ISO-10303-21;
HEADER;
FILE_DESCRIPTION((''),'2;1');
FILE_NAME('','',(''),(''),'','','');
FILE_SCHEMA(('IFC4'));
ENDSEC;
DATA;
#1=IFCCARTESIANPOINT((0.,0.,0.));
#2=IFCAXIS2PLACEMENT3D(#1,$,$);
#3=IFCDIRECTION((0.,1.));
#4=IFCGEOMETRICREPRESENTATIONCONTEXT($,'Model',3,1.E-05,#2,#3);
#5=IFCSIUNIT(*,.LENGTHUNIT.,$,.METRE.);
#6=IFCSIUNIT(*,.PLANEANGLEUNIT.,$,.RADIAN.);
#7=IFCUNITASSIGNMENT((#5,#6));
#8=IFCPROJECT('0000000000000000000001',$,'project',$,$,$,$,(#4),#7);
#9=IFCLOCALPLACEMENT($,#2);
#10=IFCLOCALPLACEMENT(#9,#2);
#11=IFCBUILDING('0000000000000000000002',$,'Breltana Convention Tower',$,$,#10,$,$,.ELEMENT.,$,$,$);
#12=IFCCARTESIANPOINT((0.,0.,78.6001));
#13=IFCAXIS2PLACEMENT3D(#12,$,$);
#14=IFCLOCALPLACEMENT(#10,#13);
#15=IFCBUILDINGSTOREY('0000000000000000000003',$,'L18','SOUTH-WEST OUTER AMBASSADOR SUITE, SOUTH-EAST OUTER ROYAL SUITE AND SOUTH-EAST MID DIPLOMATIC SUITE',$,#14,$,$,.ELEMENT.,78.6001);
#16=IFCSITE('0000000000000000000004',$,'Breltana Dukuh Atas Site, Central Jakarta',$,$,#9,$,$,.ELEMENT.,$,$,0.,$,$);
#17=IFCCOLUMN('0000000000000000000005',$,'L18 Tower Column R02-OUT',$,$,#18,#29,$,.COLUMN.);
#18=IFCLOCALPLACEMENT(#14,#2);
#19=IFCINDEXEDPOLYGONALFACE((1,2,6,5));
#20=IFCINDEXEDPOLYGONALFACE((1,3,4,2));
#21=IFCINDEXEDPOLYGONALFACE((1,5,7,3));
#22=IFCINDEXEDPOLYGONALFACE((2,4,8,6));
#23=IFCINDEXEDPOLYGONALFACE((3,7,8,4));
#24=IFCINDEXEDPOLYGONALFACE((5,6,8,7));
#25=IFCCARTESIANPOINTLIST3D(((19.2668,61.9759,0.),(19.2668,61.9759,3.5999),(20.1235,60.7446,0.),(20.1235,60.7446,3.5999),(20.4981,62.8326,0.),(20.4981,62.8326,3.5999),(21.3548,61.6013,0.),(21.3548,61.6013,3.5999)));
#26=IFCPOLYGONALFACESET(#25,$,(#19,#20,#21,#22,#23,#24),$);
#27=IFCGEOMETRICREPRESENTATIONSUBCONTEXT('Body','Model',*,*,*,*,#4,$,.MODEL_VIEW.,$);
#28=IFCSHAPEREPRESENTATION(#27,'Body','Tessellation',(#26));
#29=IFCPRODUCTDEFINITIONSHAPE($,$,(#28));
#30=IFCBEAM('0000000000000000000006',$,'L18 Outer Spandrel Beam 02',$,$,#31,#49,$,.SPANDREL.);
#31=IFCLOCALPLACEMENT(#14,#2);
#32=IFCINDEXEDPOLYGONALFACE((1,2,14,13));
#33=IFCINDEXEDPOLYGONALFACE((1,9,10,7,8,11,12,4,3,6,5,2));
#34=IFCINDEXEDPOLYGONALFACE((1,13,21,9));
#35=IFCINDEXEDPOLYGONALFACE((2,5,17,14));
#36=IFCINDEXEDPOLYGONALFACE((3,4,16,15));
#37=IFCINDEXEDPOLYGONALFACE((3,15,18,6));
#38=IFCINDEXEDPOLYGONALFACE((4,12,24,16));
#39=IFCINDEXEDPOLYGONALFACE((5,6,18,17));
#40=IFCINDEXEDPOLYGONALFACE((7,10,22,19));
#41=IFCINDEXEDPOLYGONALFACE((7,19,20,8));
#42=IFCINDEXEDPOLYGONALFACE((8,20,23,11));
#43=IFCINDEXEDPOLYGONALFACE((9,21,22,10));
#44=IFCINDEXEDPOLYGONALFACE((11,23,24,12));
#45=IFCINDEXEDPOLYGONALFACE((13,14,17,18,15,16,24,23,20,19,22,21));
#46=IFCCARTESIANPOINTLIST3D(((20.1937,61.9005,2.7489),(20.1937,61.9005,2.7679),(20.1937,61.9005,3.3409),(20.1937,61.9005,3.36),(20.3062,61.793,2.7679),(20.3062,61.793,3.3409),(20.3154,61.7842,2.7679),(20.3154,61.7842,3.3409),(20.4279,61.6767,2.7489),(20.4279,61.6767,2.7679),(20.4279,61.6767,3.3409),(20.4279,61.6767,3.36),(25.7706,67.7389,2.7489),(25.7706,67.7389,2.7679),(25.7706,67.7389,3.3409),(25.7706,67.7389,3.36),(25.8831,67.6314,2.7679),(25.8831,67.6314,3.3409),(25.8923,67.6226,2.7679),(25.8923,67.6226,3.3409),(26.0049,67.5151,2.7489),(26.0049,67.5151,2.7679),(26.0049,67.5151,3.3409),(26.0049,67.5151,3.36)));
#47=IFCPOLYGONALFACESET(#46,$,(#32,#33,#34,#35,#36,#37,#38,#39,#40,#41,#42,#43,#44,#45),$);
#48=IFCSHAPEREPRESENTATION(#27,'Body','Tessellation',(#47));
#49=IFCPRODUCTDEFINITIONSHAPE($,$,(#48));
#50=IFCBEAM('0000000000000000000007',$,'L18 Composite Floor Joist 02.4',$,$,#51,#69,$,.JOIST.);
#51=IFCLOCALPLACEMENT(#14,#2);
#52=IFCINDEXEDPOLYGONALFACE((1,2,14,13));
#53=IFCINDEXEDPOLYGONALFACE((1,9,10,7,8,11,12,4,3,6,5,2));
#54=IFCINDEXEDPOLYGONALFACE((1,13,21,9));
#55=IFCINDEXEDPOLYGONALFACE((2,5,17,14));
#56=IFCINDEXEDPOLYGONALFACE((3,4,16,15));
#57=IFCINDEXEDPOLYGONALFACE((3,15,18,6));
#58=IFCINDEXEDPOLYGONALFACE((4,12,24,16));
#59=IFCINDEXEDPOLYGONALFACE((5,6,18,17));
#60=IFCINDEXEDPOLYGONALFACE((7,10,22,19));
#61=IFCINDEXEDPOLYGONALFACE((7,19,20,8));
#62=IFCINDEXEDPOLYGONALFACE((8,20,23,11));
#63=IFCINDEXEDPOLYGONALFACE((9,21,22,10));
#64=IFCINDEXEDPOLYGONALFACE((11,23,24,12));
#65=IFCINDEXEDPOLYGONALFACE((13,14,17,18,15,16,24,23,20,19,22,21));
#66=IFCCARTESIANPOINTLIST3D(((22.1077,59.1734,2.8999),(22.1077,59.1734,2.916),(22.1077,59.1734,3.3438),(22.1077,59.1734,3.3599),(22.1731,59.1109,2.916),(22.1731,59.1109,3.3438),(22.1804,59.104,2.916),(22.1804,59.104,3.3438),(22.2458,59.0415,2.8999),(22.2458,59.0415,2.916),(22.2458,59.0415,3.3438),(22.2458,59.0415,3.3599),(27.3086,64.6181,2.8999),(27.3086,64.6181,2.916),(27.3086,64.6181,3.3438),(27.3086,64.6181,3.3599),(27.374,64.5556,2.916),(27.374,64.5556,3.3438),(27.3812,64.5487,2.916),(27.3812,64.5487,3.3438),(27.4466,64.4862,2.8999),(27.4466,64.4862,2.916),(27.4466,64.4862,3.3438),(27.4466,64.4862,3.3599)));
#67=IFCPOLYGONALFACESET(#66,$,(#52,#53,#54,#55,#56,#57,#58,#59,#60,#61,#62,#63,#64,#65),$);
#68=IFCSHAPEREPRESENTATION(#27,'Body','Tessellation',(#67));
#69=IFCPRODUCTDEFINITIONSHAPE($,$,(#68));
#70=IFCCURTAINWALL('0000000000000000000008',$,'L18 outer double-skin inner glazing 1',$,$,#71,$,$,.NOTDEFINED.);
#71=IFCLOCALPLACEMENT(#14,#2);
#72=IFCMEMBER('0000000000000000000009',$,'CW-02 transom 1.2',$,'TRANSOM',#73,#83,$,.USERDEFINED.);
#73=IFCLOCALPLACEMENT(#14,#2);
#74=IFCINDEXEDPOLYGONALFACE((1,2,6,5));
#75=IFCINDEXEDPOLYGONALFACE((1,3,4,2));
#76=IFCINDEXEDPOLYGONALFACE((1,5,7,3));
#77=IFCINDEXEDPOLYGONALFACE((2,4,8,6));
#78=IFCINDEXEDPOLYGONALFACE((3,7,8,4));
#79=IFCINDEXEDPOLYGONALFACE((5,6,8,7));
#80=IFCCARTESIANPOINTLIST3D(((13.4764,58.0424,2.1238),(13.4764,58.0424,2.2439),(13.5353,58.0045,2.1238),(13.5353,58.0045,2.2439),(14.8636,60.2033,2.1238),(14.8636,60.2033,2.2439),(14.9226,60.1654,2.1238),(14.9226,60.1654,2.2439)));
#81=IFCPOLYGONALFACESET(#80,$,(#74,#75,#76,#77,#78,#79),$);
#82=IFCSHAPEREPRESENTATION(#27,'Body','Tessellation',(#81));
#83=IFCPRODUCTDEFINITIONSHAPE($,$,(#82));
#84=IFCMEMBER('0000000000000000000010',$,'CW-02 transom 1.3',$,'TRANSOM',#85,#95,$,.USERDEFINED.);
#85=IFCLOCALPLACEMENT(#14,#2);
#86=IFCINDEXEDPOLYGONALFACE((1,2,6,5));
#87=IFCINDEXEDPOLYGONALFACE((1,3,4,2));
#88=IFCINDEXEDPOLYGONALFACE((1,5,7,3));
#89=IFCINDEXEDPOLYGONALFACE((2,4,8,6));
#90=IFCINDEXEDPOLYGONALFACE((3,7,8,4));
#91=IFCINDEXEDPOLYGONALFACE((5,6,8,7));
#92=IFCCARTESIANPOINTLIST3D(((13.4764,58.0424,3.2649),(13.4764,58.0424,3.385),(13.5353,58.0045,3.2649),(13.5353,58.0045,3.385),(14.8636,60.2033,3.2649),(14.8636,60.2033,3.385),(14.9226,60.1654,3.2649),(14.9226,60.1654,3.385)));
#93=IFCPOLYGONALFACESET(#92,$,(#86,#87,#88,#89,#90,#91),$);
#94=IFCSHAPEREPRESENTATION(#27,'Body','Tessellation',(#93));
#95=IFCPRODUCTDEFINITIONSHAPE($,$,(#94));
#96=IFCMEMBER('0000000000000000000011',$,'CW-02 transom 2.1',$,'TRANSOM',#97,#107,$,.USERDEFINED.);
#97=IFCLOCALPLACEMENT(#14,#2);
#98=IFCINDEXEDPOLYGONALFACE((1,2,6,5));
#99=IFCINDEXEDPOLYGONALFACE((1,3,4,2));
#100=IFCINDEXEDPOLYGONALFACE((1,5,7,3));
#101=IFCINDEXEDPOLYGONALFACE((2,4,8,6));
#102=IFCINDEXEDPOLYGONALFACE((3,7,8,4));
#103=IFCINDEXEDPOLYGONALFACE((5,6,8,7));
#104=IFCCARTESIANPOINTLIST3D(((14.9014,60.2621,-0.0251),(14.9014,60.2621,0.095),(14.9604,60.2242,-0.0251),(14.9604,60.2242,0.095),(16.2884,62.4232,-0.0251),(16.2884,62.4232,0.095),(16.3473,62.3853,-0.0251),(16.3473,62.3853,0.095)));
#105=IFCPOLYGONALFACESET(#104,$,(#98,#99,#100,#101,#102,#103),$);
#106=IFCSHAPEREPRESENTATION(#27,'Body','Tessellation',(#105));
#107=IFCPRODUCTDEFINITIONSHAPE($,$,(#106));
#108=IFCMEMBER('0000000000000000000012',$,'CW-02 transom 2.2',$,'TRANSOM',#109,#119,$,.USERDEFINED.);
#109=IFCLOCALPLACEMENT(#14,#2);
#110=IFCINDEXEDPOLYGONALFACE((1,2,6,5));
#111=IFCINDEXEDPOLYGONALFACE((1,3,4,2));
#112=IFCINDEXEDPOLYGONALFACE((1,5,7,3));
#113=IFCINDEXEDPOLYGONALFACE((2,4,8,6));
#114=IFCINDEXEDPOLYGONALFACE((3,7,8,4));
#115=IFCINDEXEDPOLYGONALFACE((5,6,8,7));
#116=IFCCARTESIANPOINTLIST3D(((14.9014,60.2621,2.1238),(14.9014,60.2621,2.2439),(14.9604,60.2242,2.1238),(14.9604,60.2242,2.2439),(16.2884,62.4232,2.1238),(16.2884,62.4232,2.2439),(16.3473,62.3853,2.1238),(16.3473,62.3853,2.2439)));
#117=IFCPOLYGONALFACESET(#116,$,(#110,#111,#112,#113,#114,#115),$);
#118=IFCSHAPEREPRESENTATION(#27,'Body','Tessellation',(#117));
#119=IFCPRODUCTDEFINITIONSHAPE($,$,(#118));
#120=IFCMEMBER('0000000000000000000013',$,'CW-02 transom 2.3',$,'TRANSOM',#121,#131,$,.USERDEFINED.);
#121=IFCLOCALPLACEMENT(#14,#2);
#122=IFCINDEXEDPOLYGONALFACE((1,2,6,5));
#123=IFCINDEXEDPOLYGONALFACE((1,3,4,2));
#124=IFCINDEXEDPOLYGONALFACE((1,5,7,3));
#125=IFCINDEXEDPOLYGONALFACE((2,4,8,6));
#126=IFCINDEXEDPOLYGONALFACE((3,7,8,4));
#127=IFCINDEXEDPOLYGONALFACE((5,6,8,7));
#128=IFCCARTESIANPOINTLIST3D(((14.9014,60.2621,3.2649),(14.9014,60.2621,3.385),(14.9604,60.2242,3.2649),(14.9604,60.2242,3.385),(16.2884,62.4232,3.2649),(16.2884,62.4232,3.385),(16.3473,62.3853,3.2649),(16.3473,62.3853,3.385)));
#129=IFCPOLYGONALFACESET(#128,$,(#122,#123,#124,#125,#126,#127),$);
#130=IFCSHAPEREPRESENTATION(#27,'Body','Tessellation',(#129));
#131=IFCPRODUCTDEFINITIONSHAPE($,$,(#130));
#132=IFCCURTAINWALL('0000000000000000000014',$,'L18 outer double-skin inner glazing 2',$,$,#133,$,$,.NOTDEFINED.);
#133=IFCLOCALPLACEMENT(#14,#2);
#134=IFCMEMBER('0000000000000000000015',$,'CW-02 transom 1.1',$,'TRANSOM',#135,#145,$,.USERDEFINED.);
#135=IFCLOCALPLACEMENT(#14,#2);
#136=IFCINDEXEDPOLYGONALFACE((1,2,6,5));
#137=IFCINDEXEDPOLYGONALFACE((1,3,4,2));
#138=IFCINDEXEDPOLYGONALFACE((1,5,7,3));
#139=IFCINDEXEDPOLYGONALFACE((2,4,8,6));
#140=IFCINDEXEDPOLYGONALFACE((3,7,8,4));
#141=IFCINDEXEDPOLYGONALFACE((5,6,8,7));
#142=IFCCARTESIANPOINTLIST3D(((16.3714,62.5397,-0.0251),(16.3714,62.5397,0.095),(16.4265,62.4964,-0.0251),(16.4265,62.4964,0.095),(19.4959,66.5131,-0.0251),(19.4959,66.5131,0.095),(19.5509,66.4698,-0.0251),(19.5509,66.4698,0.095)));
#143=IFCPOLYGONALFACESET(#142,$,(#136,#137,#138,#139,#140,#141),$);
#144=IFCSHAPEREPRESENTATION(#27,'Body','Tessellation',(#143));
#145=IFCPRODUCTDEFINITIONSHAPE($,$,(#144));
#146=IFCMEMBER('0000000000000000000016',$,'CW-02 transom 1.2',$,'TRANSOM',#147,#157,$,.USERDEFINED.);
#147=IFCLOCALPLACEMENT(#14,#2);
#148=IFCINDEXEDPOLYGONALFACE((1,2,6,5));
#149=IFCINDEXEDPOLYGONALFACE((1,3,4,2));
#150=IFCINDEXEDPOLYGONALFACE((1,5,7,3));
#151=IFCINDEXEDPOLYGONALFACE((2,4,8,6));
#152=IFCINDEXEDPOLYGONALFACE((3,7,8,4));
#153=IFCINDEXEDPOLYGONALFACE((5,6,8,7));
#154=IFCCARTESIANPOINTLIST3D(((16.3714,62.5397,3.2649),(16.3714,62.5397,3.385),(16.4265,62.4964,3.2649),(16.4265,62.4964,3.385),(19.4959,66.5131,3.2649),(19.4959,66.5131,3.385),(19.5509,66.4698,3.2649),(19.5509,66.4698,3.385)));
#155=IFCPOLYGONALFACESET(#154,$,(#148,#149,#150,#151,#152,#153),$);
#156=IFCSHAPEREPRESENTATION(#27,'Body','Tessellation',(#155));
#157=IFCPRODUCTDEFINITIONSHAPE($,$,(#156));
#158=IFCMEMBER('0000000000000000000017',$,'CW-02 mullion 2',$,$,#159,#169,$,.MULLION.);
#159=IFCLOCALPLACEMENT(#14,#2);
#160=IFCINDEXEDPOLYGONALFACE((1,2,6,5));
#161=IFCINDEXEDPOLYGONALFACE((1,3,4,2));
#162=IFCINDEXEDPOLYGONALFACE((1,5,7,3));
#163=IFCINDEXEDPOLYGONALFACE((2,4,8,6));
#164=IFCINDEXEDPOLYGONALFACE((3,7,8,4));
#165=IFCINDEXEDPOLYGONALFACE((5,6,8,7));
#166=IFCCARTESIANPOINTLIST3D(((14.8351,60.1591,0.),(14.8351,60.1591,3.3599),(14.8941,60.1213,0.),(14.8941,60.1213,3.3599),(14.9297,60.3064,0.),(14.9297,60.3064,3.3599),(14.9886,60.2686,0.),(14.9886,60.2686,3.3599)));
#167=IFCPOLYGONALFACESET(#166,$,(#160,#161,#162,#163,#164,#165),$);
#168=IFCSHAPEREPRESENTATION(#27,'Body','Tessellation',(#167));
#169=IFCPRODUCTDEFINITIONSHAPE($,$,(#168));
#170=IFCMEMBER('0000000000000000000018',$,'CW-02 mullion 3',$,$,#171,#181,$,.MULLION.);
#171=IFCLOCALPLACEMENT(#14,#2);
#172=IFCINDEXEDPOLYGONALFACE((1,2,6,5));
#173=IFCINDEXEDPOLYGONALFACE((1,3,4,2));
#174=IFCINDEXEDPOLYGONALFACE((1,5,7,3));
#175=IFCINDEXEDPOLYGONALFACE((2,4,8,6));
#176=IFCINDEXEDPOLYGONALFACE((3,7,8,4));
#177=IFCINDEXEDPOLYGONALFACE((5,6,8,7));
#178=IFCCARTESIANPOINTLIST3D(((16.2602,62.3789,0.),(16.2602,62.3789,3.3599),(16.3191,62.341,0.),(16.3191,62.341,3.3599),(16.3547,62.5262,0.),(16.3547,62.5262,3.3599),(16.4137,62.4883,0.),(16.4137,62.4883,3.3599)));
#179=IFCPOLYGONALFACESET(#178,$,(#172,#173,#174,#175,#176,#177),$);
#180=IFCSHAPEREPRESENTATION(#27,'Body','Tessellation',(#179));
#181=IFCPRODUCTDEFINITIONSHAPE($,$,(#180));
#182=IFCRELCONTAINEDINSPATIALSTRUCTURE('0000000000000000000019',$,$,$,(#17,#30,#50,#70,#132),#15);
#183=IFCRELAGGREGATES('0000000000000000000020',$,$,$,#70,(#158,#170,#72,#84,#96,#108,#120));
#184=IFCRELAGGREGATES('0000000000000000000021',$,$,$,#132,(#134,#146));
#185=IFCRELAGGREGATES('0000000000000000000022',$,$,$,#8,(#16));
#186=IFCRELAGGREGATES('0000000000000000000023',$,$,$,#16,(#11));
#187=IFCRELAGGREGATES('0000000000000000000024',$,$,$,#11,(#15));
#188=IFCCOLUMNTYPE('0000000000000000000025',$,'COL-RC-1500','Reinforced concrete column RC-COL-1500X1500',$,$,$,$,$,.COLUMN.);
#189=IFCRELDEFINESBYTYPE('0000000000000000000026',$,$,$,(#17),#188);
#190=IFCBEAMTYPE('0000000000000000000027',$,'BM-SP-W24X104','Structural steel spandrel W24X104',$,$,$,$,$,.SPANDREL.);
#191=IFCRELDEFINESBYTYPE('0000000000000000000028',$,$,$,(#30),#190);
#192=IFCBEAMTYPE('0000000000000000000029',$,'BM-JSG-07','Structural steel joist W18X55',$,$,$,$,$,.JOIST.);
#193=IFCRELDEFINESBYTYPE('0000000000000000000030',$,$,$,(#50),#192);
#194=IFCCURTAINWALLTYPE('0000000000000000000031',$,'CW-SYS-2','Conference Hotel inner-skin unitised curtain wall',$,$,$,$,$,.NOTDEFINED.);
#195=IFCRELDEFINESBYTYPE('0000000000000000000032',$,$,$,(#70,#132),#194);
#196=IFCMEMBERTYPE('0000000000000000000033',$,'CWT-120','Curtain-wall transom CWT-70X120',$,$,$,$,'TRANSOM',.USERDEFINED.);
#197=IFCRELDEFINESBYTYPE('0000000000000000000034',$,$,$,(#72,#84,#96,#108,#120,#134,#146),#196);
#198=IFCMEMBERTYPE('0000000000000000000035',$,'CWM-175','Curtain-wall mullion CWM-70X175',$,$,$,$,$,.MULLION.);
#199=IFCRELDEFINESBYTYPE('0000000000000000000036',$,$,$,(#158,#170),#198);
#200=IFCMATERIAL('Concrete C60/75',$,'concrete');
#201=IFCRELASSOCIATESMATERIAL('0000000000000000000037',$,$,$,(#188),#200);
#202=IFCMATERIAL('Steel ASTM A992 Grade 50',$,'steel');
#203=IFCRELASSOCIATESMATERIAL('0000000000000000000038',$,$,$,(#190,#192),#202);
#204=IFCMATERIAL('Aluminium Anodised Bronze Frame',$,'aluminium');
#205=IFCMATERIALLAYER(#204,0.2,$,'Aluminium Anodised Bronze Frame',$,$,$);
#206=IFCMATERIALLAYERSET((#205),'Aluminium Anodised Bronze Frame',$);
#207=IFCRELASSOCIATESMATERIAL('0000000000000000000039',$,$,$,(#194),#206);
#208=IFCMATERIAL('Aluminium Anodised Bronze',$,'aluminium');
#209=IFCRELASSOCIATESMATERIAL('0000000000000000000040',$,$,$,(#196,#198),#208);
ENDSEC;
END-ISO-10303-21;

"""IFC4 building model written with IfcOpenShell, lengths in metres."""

from ifc_helpers import new_model, si_unit, direction, frame, origin, origin_2d, place, context, subcontext, project, spatial, rectangle, i_section, extrude, source, transform, mapped, material, layer, layer_set, material_profile, profile_set, type_object, type_shapes, element, aggregate, save


model = new_model("IFC4")

# Units and contexts
model_context = context("Model", 3, precision=1e-05, world=origin(), true_north=direction((0.0, 1.0)))
body_context = subcontext(model_context, "Body", "Model", "MODEL_VIEW")
ifc_project = project(units=[si_unit("LENGTHUNIT", "METRE"), si_unit("PLANEANGLEUNIT", "RADIAN")], contexts=[model_context])

# Site, building, storey
site_placement = place(None, origin())
site = spatial("IfcSite", under=ifc_project, at=site_placement, Name="Breltana Dukuh Atas Site, Central Jakarta", CompositionType="ELEMENT", RefElevation=0.0)
building_placement = place(site_placement, origin())
building = spatial("IfcBuilding", under=site, at=building_placement, Name="Breltana Convention Tower", CompositionType="ELEMENT")
storey_placement = place(building_placement, frame((0.0, 0.0, 78.6001)))
storey = spatial("IfcBuildingStorey", under=building, at=storey_placement, Name="L18", Description="SOUTH-WEST OUTER AMBASSADOR SUITE, SOUTH-EAST OUTER ROYAL SUITE AND SOUTH-EAST MID DIPLOMATIC SUITE", CompositionType="ELEMENT", Elevation=78.6001)

# Column
ifc_material_1 = material(Name="Concrete C60/75", Category="concrete")
ifc_material_profile_1 = material_profile(ifc_material_1, rectangle(XDim=1.5, YDim=1.5, at=origin_2d()), Name="RC-COL-1500X1500")
ifc_profile_set_1 = profile_set([ifc_material_profile_1], Name="Concrete C60/75")
column_type = type_object("IfcColumnType", Name="COL-RC-1500", Description="Reinforced concrete column RC-COL-1500X1500", PredefinedType="COLUMN", material=ifc_profile_set_1)
shared_shape_1 = source(origin(), body_context, "Body", "SweptSolid", [
    extrude(rectangle(XDim=1.5, YDim=1.5, at=origin_2d()), origin(), (0.0, 0.0, 1.0), 3.5999),
])
column_placement = place(storey_placement, frame((20.3108, 61.7886, 0.0), z_axis=(0.0, 0.0, 1.0), x_axis=(-0.571143, 0.82085, 0.0)))
element("IfcColumn", 1, at=column_placement, inside=storey, type_object=column_type, Name="L18 Tower Column R02-OUT", PredefinedType="COLUMN", context=body_context, shape_type="MappedRepresentation", body=[
    mapped(shared_shape_1, transform((0.0, 0.0, 0.0), scale=1.0)),
])

# Beams
ifc_material_2 = material(Name="Steel ASTM A992 Grade 50", Category="steel")
ifc_material_profile_2 = material_profile(ifc_material_2, i_section(OverallWidth=0.324, OverallDepth=0.6111, WebThickness=0.0127, FlangeThickness=0.019, at=origin_2d()), Name="W24X104")
ifc_profile_set_2 = profile_set([ifc_material_profile_2], Name="Steel ASTM A992 Grade 50")
beam_type_1 = type_object("IfcBeamType", Name="BM-SP-W24X104", Description="Structural steel spandrel W24X104", PredefinedType="SPANDREL", material=ifc_profile_set_2)
shared_shape_2 = source(origin(), body_context, "Body", "SweptSolid", [
    extrude(i_section(OverallWidth=0.324, OverallDepth=0.6111, WebThickness=0.0127, FlangeThickness=0.019, at=origin_2d()), origin(), (0.0, 0.0, 1.0), 8.074),
])
beam_1_placement = place(storey_placement, frame((20.3108, 61.7886, 3.0544), z_axis=(0.690729, 0.723114, 0.0), x_axis=(-0.723114, 0.690729, 0.0)))
element("IfcBeam", 2, at=beam_1_placement, inside=storey, type_object=beam_type_1, Name="L18 Outer Spandrel Beam 02", PredefinedType="SPANDREL", context=body_context, shape_type="MappedRepresentation", body=[
    mapped(shared_shape_2, transform((0.0, 0.0, 0.0), scale=1.0)),
])
ifc_material_profile_3 = material_profile(ifc_material_2, i_section(OverallWidth=0.1909, OverallDepth=0.46, WebThickness=0.01, FlangeThickness=0.0161, at=origin_2d()), Name="W18X55")
ifc_profile_set_3 = profile_set([ifc_material_profile_3], Name="Steel ASTM A992 Grade 50")
beam_type_2 = type_object("IfcBeamType", Name="BM-JSG-07", Description="Structural steel joist W18X55", PredefinedType="JOIST", material=ifc_profile_set_3)
shared_shape_3 = source(origin(), body_context, "Body", "SweptSolid", [
    extrude(i_section(OverallWidth=0.1909, OverallDepth=0.46, WebThickness=0.01, FlangeThickness=0.0161, at=origin_2d()), origin(), (0.0, 0.0, 1.0), 7.5295),
])
beam_2_placement = place(storey_placement, frame((22.1768, 59.1074, 3.1299), z_axis=(0.690726, 0.723117, 0.0), x_axis=(-0.723117, 0.690726, 0.0)))
element("IfcBeam", 3, at=beam_2_placement, inside=storey, type_object=beam_type_2, Name="L18 Composite Floor Joist 02.4", PredefinedType="JOIST", context=body_context, shape_type="MappedRepresentation", body=[
    mapped(shared_shape_3, transform((0.0, 0.0, 0.0), scale=1.0)),
])

# Curtain walls, members
ifc_material_3 = material(Name="Aluminium Anodised Bronze Frame", Category="aluminium")
ifc_layer_1 = layer(ifc_material_3, 0.2, Name="Aluminium Anodised Bronze Frame")
ifc_layer_set_1 = layer_set([ifc_layer_1], Name="Aluminium Anodised Bronze Frame")
curtain_wall_type = type_object("IfcCurtainWallType", Name="CW-SYS-2", Description="Conference Hotel inner-skin unitised curtain wall", PredefinedType="NOTDEFINED", material=ifc_layer_set_1)
curtain_wall_1_placement = place(storey_placement, origin())
curtain_wall_1 = element("IfcCurtainWall", 4, at=curtain_wall_1_placement, inside=storey, type_object=curtain_wall_type, Name="L18 outer double-skin inner glazing 1", PredefinedType="NOTDEFINED")
ifc_material_4 = material(Name="Aluminium Anodised Bronze", Category="aluminium")
ifc_material_profile_4 = material_profile(ifc_material_4, rectangle(XDim=0.0701, YDim=0.1201, at=origin_2d()), Name="CWT-70X120")
ifc_profile_set_4 = profile_set([ifc_material_profile_4], Name="Aluminium Anodised Bronze")
member_type_1 = type_object("IfcMemberType", Name="CWT-120", Description="Curtain-wall transom CWT-70X120", ElementType="TRANSOM", PredefinedType="USERDEFINED", material=ifc_profile_set_4)
shared_shape_4 = source(origin(), body_context, "Body", "SweptSolid", [
    extrude(rectangle(XDim=0.0701, YDim=0.1201, at=origin_2d()), origin(), (0.0, 0.0, 1.0), 2.5679),
])
type_shapes(member_type_1, [shared_shape_4])
member_1_placement = place(storey_placement, frame((13.5059, 58.0234, 2.1838), z_axis=(0.540224, 0.841521, 0.0), x_axis=(-0.841521, 0.540224, 0.0)))
member_1 = element("IfcMember", 5, at=member_1_placement, type_object=member_type_1, Name="CW-02 transom 1.2", ObjectType="TRANSOM", PredefinedType="USERDEFINED", context=body_context, shape_type="MappedRepresentation", body=[
    mapped(shared_shape_4, transform((0.0, 0.0, 0.0), scale=1.0)),
])
member_2_placement = place(storey_placement, frame((13.5059, 58.0234, 3.325), z_axis=(0.540224, 0.841521, 0.0), x_axis=(-0.841521, 0.540224, 0.0)))
member_2 = element("IfcMember", 6, at=member_2_placement, type_object=member_type_1, Name="CW-02 transom 1.3", ObjectType="TRANSOM", PredefinedType="USERDEFINED", context=body_context, shape_type="MappedRepresentation", body=[
    mapped(shared_shape_4, transform((0.0, 0.0, 0.0), scale=1.0)),
])
member_3_placement = place(storey_placement, frame((14.9309, 60.2432, 0.0349), z_axis=(0.540114, 0.841592, 0.0), x_axis=(-0.841592, 0.540114, 0.0)))
member_3 = element("IfcMember", 7, at=member_3_placement, type_object=member_type_1, Name="CW-02 transom 2.1", ObjectType="TRANSOM", PredefinedType="USERDEFINED", context=body_context, shape_type="MappedRepresentation", body=[
    mapped(shared_shape_4, transform((0.0, 0.0, 0.0), scale=1.0)),
])
member_4_placement = place(storey_placement, frame((14.9309, 60.2432, 2.1838), z_axis=(0.540114, 0.841592, 0.0), x_axis=(-0.841592, 0.540114, 0.0)))
member_4 = element("IfcMember", 8, at=member_4_placement, type_object=member_type_1, Name="CW-02 transom 2.2", ObjectType="TRANSOM", PredefinedType="USERDEFINED", context=body_context, shape_type="MappedRepresentation", body=[
    mapped(shared_shape_4, transform((0.0, 0.0, 0.0), scale=1.0)),
])
member_5_placement = place(storey_placement, frame((14.9309, 60.2432, 3.325), z_axis=(0.540114, 0.841592, 0.0), x_axis=(-0.841592, 0.540114, 0.0)))
member_5 = element("IfcMember", 9, at=member_5_placement, type_object=member_type_1, Name="CW-02 transom 2.3", ObjectType="TRANSOM", PredefinedType="USERDEFINED", context=body_context, shape_type="MappedRepresentation", body=[
    mapped(shared_shape_4, transform((0.0, 0.0, 0.0), scale=1.0)),
])
curtain_wall_2_placement = place(storey_placement, origin())
curtain_wall_2 = element("IfcCurtainWall", 10, at=curtain_wall_2_placement, inside=storey, type_object=curtain_wall_type, Name="L18 outer double-skin inner glazing 2", PredefinedType="NOTDEFINED")
shared_shape_5 = source(origin(), body_context, "Body", "SweptSolid", [
    extrude(rectangle(XDim=0.0701, YDim=0.1201, at=origin_2d()), origin(), (0.0, 0.0, 1.0), 5.0547),
])
member_6_placement = place(storey_placement, frame((16.3989, 62.5181, 0.0349), z_axis=(0.618135, 0.786072, 0.0), x_axis=(-0.786072, 0.618135, 0.0)))
member_6 = element("IfcMember", 11, at=member_6_placement, type_object=member_type_1, Name="CW-02 transom 1.1", ObjectType="TRANSOM", PredefinedType="USERDEFINED", context=body_context, shape_type="MappedRepresentation", body=[
    mapped(shared_shape_5, transform((0.0, 0.0, 0.0), scale=1.0)),
])
member_7_placement = place(storey_placement, frame((16.3989, 62.5181, 3.325), z_axis=(0.618135, 0.786072, 0.0), x_axis=(-0.786072, 0.618135, 0.0)))
member_7 = element("IfcMember", 12, at=member_7_placement, type_object=member_type_1, Name="CW-02 transom 1.2", ObjectType="TRANSOM", PredefinedType="USERDEFINED", context=body_context, shape_type="MappedRepresentation", body=[
    mapped(shared_shape_5, transform((0.0, 0.0, 0.0), scale=1.0)),
])

# Members
ifc_material_profile_5 = material_profile(ifc_material_4, rectangle(XDim=0.0701, YDim=0.175, at=origin_2d()), Name="CWM-70X175")
ifc_profile_set_5 = profile_set([ifc_material_profile_5], Name="Aluminium Anodised Bronze")
member_type_2 = type_object("IfcMemberType", Name="CWM-175", Description="Curtain-wall mullion CWM-70X175", PredefinedType="MULLION", material=ifc_profile_set_5)
shared_shape_6 = source(origin(), body_context, "Body", "SweptSolid", [
    extrude(rectangle(XDim=0.0701, YDim=0.175, at=origin_2d()), origin(), (0.0, 0.0, 1.0), 3.3599),
])
member_8_placement = place(storey_placement, frame((14.9119, 60.2139, 0.0), z_axis=(0.0, 0.0, 1.0), x_axis=(-0.841549, 0.540181, 0.0)))
member_8 = element("IfcMember", 13, at=member_8_placement, type_object=member_type_2, Name="CW-02 mullion 2", PredefinedType="MULLION", context=body_context, shape_type="MappedRepresentation", body=[
    mapped(shared_shape_6, transform((0.0, 0.0, 0.0), scale=1.0)),
])
member_9_placement = place(storey_placement, frame((16.3369, 62.4336, 0.0), z_axis=(0.0, 0.0, 1.0), x_axis=(-0.841549, 0.540181, 0.0)))
member_9 = element("IfcMember", 14, at=member_9_placement, type_object=member_type_2, Name="CW-02 mullion 3", PredefinedType="MULLION", context=body_context, shape_type="MappedRepresentation", body=[
    mapped(shared_shape_6, transform((0.0, 0.0, 0.0), scale=1.0)),
])

aggregate(curtain_wall_1, [member_8, member_9, member_1, member_2, member_3, member_4, member_5])
aggregate(curtain_wall_2, [member_6, member_7])

save(model, "model.ifc")
